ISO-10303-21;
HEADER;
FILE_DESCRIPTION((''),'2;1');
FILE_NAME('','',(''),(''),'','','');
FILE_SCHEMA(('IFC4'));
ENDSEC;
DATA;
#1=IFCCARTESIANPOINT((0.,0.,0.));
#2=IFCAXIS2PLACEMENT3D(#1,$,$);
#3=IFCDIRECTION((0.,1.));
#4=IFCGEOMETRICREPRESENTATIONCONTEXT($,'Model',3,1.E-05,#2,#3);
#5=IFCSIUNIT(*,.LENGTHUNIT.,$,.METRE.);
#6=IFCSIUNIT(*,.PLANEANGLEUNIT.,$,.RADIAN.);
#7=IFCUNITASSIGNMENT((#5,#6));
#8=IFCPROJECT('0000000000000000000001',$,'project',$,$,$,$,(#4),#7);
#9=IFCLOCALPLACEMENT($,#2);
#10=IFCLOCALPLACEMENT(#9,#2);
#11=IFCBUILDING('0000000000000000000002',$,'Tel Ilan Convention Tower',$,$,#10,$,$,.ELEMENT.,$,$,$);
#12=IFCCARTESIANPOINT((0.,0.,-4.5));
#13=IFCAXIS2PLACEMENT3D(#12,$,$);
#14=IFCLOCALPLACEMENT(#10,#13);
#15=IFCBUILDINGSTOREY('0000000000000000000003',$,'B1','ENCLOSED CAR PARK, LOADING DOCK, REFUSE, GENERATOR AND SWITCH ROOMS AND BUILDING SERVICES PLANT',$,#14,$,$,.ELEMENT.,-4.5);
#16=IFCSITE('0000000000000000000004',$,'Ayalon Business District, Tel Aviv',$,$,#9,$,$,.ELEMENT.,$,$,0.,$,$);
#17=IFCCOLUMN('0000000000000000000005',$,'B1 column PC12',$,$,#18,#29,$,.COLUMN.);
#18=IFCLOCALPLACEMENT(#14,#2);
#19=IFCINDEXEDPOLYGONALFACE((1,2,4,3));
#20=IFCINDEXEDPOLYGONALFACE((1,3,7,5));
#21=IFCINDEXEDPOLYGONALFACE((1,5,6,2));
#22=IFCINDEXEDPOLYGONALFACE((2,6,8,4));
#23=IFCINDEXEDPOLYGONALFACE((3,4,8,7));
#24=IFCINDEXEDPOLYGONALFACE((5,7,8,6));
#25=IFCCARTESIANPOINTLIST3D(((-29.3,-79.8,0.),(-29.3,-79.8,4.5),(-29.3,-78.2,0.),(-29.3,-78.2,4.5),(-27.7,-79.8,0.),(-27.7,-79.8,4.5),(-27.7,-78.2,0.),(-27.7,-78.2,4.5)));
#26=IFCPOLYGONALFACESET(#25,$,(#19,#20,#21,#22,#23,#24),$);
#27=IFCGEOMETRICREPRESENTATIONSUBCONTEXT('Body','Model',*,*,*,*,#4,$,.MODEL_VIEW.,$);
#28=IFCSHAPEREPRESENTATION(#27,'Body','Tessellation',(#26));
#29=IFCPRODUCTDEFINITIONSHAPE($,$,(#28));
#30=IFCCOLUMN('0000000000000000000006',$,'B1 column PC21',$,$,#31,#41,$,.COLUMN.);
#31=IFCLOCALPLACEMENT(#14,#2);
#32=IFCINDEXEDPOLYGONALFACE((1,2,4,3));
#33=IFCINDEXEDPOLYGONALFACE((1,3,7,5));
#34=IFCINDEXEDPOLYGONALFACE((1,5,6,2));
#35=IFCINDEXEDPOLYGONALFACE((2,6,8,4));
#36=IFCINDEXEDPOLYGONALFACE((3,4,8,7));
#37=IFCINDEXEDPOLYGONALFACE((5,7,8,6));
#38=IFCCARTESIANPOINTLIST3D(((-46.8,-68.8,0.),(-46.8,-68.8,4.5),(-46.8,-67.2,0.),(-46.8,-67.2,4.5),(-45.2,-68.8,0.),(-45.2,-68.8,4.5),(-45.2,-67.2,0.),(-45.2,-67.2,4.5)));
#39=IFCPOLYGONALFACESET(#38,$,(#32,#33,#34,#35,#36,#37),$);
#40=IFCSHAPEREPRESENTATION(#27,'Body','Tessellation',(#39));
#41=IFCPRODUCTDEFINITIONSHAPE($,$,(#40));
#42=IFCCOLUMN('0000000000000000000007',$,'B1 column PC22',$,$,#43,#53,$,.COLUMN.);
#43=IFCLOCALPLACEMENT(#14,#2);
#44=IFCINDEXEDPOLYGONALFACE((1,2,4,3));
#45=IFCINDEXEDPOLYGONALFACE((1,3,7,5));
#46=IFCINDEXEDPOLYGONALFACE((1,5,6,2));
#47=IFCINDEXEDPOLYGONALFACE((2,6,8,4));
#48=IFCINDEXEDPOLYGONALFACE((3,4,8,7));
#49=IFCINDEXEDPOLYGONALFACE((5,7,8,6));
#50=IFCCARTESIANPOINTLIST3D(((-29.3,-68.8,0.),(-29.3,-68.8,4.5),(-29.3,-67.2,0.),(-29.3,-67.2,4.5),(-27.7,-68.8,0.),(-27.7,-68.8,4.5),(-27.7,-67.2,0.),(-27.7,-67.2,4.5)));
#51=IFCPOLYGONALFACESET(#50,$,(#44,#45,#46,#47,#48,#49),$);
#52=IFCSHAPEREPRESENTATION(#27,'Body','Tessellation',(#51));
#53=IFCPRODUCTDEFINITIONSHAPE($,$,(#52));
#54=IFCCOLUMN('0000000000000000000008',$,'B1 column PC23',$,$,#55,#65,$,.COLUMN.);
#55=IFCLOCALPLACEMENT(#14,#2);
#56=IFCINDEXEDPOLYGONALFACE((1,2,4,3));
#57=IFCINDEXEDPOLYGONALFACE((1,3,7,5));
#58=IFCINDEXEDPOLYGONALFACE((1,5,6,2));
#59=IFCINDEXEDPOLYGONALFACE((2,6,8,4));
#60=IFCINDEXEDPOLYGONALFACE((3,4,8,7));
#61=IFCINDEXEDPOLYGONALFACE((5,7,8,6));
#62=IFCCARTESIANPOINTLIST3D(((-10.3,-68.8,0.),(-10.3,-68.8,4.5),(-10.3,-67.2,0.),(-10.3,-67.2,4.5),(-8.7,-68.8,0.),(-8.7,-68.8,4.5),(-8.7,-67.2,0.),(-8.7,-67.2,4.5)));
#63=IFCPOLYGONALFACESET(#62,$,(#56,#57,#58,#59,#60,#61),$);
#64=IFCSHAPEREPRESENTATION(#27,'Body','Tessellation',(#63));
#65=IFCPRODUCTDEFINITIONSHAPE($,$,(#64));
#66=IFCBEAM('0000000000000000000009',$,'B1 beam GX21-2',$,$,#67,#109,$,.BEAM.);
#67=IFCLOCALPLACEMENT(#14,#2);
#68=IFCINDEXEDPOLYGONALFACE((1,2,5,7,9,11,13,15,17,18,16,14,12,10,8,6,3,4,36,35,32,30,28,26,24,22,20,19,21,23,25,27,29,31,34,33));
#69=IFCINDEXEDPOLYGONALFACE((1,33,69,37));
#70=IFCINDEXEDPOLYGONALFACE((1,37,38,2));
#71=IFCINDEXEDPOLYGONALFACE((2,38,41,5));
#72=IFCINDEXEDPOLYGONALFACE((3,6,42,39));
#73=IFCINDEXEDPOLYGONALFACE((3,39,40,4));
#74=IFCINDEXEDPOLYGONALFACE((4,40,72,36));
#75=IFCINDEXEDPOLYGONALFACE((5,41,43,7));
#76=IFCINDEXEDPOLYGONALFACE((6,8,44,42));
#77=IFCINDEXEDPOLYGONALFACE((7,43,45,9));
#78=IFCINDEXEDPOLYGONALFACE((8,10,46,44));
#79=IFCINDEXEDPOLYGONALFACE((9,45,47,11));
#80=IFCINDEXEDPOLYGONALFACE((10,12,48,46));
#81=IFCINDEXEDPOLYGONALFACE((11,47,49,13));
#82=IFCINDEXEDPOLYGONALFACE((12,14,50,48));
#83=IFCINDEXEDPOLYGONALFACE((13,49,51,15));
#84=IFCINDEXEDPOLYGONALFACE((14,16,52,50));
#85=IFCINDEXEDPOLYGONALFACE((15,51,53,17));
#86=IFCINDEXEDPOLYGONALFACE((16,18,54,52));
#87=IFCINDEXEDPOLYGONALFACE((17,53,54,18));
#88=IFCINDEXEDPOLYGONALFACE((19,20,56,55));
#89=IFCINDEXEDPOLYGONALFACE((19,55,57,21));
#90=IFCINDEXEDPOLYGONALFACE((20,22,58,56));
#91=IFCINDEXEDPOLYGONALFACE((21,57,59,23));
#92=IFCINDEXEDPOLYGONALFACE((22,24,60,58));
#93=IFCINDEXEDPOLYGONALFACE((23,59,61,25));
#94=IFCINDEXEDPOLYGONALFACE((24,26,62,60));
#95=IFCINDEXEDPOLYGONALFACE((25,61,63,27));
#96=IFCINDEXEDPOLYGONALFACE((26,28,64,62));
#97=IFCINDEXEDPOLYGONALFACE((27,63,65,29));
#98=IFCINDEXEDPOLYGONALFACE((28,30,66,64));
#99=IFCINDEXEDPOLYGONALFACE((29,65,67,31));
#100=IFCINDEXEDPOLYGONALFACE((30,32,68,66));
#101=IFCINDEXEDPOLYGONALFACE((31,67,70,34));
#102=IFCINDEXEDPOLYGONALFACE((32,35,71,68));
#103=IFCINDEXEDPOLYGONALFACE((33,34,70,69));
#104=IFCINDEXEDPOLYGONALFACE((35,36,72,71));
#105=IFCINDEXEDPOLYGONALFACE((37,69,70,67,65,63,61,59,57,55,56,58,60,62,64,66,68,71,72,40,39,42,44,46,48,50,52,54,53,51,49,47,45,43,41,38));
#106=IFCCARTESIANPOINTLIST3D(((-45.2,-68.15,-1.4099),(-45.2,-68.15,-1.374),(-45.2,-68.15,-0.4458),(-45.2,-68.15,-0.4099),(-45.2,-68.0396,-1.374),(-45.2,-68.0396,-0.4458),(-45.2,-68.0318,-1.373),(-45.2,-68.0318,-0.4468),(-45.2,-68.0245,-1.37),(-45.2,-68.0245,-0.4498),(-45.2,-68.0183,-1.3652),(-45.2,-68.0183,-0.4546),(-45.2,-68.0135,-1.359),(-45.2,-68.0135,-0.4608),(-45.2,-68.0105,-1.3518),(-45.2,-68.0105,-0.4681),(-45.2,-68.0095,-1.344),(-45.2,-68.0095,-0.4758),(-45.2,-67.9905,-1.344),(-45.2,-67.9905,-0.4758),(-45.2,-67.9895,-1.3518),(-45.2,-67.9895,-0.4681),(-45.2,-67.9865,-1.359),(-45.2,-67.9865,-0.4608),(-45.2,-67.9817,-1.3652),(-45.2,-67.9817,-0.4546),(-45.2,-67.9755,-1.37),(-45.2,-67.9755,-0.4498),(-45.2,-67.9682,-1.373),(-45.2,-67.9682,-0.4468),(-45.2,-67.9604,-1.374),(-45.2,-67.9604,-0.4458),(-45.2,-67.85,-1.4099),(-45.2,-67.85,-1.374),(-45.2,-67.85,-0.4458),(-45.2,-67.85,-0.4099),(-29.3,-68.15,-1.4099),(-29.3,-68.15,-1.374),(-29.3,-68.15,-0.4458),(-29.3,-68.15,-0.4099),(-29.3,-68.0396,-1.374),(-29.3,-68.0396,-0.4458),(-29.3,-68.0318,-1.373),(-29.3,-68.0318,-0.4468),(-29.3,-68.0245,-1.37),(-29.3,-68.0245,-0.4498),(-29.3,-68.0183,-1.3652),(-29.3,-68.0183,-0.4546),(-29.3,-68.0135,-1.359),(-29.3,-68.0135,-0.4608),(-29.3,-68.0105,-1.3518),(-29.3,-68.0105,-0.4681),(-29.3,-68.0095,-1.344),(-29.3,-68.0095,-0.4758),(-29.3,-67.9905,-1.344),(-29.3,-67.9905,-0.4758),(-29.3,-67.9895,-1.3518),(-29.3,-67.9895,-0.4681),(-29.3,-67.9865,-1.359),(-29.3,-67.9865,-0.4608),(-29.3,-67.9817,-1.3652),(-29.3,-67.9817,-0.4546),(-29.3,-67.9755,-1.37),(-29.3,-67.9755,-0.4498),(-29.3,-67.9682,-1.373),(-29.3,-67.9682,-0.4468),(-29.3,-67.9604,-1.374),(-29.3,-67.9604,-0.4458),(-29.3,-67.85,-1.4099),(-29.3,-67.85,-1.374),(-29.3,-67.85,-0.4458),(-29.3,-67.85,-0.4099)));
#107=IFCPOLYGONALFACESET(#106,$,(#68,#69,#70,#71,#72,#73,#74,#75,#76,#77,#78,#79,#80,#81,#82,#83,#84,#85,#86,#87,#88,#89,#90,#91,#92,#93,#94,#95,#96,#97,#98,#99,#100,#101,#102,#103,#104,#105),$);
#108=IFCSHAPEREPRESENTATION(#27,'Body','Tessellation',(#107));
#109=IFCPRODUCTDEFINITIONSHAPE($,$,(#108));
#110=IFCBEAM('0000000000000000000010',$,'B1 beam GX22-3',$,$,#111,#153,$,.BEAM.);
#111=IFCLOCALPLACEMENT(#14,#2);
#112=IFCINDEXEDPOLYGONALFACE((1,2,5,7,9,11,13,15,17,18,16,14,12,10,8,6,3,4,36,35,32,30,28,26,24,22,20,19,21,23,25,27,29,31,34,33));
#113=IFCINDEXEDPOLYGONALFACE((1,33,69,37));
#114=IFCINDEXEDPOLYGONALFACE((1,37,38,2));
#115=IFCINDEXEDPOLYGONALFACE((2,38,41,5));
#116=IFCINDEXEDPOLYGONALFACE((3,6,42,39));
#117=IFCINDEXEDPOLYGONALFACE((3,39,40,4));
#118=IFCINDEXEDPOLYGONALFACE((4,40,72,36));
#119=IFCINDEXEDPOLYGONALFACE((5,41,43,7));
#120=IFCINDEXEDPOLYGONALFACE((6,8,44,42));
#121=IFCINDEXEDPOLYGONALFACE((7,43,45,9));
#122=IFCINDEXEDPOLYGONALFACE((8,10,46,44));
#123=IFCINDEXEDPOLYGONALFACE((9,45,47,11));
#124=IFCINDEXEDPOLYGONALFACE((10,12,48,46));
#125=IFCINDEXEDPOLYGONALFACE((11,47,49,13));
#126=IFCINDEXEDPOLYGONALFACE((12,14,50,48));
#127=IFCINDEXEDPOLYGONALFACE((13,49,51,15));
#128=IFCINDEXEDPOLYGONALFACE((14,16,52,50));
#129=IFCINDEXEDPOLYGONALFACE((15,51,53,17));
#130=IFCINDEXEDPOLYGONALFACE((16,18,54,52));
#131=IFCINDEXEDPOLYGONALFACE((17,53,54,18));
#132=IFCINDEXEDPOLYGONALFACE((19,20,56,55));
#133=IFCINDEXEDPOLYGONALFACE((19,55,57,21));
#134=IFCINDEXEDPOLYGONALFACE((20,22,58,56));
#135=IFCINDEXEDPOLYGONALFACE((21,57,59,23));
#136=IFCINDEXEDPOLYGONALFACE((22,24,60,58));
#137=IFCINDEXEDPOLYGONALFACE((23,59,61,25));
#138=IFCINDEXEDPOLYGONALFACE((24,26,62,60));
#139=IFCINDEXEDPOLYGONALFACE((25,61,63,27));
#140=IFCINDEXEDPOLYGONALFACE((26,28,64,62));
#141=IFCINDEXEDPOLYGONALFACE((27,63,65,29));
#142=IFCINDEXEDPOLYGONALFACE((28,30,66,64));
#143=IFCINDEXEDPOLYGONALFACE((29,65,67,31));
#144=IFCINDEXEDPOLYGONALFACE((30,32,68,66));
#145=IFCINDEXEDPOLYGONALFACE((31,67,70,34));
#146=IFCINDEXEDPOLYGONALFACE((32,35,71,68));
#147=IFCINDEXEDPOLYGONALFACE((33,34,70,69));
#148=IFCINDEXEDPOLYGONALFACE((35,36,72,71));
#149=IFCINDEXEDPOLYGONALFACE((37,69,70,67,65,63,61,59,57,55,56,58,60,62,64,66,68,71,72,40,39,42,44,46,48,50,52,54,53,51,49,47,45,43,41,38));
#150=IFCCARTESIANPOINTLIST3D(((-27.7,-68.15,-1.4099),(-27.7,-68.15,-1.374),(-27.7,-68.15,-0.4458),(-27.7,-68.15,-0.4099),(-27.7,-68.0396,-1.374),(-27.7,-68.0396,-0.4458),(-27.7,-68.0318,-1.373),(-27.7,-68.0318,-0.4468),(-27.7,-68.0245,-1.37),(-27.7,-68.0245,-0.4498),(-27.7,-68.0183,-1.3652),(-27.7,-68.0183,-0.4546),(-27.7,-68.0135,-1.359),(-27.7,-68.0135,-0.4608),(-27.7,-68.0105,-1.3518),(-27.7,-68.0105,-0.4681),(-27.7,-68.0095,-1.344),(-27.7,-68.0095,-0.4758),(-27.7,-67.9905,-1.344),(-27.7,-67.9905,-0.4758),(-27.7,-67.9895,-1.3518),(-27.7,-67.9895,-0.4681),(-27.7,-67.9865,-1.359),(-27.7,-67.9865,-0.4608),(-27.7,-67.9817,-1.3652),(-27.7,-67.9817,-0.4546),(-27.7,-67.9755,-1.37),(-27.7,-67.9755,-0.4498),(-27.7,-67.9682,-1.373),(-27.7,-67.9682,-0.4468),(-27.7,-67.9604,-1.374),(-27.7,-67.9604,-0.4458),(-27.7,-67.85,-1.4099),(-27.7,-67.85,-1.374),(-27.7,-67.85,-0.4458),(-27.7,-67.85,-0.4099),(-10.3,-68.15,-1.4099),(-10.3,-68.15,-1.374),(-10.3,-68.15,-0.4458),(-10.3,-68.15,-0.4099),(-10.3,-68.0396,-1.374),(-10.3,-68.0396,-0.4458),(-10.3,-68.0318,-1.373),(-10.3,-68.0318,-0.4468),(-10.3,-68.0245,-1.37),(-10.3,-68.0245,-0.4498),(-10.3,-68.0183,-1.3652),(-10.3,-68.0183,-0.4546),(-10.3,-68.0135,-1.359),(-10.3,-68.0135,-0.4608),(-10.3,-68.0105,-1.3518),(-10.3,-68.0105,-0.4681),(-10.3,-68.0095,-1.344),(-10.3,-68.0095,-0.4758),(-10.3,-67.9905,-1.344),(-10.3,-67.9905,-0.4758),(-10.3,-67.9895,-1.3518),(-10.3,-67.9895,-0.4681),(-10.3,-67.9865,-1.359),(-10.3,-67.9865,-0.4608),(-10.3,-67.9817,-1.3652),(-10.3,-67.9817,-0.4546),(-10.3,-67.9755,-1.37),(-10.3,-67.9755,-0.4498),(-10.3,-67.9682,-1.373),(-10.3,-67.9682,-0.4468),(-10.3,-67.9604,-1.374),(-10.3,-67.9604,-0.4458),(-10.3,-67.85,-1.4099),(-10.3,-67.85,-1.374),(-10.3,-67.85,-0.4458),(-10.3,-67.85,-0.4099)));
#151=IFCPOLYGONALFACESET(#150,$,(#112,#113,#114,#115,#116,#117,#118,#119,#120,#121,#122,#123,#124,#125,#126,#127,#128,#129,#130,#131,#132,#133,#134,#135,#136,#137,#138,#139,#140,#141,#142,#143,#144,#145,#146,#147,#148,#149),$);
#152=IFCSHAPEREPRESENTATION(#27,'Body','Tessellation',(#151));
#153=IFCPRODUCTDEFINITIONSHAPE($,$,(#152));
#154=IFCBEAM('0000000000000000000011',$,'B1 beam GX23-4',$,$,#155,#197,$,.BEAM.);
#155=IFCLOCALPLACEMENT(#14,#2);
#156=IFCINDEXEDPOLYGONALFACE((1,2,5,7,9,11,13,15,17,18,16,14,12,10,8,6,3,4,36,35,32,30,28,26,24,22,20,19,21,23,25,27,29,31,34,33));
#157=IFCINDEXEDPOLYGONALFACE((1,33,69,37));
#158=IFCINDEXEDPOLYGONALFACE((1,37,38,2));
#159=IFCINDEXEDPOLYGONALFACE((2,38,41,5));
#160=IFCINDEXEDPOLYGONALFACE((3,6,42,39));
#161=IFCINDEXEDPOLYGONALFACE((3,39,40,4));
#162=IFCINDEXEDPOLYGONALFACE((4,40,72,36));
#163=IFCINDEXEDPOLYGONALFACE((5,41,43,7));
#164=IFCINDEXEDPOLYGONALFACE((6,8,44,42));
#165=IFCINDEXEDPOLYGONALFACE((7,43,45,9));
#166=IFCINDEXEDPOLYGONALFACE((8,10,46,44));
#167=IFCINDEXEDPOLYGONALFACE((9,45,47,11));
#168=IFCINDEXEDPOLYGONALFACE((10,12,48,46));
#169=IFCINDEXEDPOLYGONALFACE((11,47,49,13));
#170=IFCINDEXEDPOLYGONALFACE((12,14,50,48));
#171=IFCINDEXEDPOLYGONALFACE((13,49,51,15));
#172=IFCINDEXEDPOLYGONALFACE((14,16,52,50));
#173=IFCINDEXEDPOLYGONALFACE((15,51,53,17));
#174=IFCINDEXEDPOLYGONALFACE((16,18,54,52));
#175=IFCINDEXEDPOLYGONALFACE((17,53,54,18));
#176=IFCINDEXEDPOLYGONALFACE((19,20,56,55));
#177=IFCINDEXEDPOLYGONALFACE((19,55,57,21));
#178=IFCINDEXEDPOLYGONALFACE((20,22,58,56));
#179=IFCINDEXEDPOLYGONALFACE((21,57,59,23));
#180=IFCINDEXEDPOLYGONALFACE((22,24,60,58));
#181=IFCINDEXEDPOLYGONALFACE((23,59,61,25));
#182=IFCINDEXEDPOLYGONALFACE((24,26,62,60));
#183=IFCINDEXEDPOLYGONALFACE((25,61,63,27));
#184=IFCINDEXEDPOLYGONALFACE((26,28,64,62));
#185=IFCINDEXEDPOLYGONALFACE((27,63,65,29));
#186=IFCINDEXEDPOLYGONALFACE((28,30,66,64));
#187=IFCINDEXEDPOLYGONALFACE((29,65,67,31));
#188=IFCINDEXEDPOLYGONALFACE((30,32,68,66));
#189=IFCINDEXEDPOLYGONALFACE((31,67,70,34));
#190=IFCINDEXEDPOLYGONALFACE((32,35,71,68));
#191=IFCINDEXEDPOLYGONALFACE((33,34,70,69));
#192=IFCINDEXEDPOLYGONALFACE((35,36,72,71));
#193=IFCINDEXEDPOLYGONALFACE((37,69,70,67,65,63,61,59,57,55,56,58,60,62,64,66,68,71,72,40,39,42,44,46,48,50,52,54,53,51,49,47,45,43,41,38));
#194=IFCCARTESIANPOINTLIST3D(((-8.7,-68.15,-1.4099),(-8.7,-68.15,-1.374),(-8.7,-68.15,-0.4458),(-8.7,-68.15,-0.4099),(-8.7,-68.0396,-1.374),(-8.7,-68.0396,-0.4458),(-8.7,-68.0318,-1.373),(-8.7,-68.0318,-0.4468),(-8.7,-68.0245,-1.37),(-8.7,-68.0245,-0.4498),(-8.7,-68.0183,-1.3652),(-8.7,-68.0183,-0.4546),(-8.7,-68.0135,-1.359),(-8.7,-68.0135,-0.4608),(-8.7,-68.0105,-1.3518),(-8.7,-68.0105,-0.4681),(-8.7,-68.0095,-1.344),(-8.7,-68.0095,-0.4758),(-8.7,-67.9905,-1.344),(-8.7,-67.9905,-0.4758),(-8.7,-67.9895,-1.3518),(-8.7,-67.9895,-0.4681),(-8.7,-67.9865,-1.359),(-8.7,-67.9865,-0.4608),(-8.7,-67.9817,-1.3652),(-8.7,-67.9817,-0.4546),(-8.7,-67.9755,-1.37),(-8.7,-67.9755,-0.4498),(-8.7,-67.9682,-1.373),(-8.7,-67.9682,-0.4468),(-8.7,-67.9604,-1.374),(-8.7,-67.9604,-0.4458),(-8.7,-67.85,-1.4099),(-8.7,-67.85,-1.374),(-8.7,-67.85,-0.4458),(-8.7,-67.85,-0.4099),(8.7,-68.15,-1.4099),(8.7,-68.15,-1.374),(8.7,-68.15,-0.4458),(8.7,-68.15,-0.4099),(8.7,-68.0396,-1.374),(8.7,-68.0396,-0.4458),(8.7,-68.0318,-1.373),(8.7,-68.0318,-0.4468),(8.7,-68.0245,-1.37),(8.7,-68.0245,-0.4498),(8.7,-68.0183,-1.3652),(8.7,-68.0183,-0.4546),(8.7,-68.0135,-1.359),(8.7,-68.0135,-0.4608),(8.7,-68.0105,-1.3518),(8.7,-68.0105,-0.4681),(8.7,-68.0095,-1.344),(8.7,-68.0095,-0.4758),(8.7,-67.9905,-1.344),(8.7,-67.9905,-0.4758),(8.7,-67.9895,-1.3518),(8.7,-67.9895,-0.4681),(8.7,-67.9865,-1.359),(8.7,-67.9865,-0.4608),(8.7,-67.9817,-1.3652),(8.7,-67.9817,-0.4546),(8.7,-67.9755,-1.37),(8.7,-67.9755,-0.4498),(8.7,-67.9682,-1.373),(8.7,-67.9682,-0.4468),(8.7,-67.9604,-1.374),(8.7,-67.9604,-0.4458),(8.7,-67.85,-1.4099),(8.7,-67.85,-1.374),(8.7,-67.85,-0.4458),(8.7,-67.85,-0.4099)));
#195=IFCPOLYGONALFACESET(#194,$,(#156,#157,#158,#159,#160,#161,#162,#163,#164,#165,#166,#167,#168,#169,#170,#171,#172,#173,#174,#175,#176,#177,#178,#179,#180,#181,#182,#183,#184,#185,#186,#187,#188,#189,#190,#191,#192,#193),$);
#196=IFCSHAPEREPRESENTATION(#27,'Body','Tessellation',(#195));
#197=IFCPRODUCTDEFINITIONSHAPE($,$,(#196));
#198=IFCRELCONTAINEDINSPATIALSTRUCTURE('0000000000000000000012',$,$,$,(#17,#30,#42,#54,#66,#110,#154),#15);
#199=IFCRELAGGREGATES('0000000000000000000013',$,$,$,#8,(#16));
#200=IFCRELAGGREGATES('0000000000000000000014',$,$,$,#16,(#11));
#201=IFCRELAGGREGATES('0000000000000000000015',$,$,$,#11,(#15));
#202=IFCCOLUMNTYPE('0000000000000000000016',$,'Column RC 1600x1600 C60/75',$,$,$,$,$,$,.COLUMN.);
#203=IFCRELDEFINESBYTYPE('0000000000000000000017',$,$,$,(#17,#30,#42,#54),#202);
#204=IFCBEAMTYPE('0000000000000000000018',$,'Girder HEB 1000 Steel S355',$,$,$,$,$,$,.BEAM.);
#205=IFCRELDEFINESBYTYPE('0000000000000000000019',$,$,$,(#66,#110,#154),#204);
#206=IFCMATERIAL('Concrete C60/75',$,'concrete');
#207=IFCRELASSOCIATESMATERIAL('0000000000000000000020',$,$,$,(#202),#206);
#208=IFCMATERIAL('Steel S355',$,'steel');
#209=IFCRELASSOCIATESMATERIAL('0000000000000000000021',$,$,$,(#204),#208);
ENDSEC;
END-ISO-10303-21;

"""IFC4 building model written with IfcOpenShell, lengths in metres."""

from ifc_helpers import new_model, si_unit, direction, frame, origin, origin_2d, place, context, subcontext, project, spatial, rectangle, i_section, extrude, material, material_profile, profile_set, type_object, element, save


model = new_model("IFC4")

# Units and contexts
model_context = context("Model", 3, precision=1e-05, world=origin(), true_north=direction((0.0, 1.0)))
body_context = subcontext(model_context, "Body", "Model", "MODEL_VIEW")
ifc_project = project(units=[si_unit("LENGTHUNIT", "METRE"), si_unit("PLANEANGLEUNIT", "RADIAN")], contexts=[model_context])

# Site, building, storey
site_placement = place(None, origin())
site = spatial("IfcSite", under=ifc_project, at=site_placement, Name="Ayalon Business District, Tel Aviv", CompositionType="ELEMENT", RefElevation=0.0)
building_placement = place(site_placement, origin())
building = spatial("IfcBuilding", under=site, at=building_placement, Name="Tel Ilan Convention Tower", CompositionType="ELEMENT")
storey_placement = place(building_placement, frame((0.0, 0.0, -4.5)))
storey = spatial("IfcBuildingStorey", under=building, at=storey_placement, Name="B1", Description="ENCLOSED CAR PARK, LOADING DOCK, REFUSE, GENERATOR AND SWITCH ROOMS AND BUILDING SERVICES PLANT", CompositionType="ELEMENT", Elevation=-4.5)

# Columns
ifc_material_1 = material(Name="Concrete C60/75", Category="concrete")
ifc_material_profile_1 = material_profile(ifc_material_1, rectangle(XDim=1.6001, YDim=1.6001, at=origin_2d()), Name="RC 1600x1600")
ifc_profile_set_1 = profile_set([ifc_material_profile_1], Name="Concrete C60/75")
column_type = type_object("IfcColumnType", Name="Column RC 1600x1600 C60/75", PredefinedType="COLUMN", material=ifc_profile_set_1)
for number, where, z_axis, x_axis, name in (
    (1, (-28.5, -79.0, 0.0), (0.0, 0.0, 1.0), (1.0, 0.0, 0.0), "B1 column PC12"),
    (2, (-46.0, -68.0, 0.0), (0.0, 0.0, 1.0), (1.0, 0.0, 0.0), "B1 column PC21"),
    (3, (-28.5, -68.0, 0.0), (0.0, 0.0, 1.0), (1.0, 0.0, 0.0), "B1 column PC22"),
    (4, (-9.5, -68.0, 0.0), (0.0, 0.0, 1.0), (1.0, 0.0, 0.0), "B1 column PC23"),
):
    element("IfcColumn", number, at=place(storey_placement, frame(where, z_axis=z_axis, x_axis=x_axis)), inside=storey, type_object=column_type, Name=name, PredefinedType="COLUMN", context=body_context, shape_type="SweptSolid", body=[
        extrude(rectangle(XDim=1.6001, YDim=1.6001, at=origin_2d()), origin(), (0.0, 0.0, 1.0), 4.5),
    ])

# Beams
ifc_material_2 = material(Name="Steel S355", Category="steel")
ifc_material_profile_2 = material_profile(ifc_material_2, i_section(OverallWidth=0.3, OverallDepth=1.0, WebThickness=0.019, FlangeThickness=0.0359, FilletRadius=0.03, at=origin_2d()), Name="HEB 1000")
ifc_profile_set_2 = profile_set([ifc_material_profile_2], Name="Steel S355")
beam_type_1 = type_object("IfcBeamType", Name="Girder HEB 1000 Steel S355", PredefinedType="BEAM", material=ifc_profile_set_2)
beam_1_placement = place(storey_placement, frame((-45.2, -68.0, -0.9099), z_axis=(1.0, 0.0, 0.0), x_axis=(0.0, 1.0, 0.0)))
element("IfcBeam", 5, at=beam_1_placement, inside=storey, type_object=beam_type_1, Name="B1 beam GX21-2", PredefinedType="BEAM", context=body_context, shape_type="SweptSolid", body=[
    extrude(i_section(OverallWidth=0.3, OverallDepth=1.0, WebThickness=0.019, FlangeThickness=0.0359, FilletRadius=0.03, at=origin_2d()), origin(), (0.0, 0.0, 1.0), 15.8999),
])
for number, where, z_axis, x_axis, name in (
    (6, (-27.7, -68.0, -0.9099), (1.0, 0.0, 0.0), (0.0, 1.0, 0.0), "B1 beam GX22-3"),
    (7, (-8.7, -68.0, -0.9099), (1.0, 0.0, 0.0), (0.0, 1.0, 0.0), "B1 beam GX23-4"),
):
    element("IfcBeam", number, at=place(storey_placement, frame(where, z_axis=z_axis, x_axis=x_axis)), inside=storey, type_object=beam_type_1, Name=name, PredefinedType="BEAM", context=body_context, shape_type="SweptSolid", body=[
        extrude(i_section(OverallWidth=0.3, OverallDepth=1.0, WebThickness=0.019, FlangeThickness=0.0359, FilletRadius=0.03, at=origin_2d()), origin(), (0.0, 0.0, 1.0), 17.3999),
    ])

save(model, "model.ifc")
